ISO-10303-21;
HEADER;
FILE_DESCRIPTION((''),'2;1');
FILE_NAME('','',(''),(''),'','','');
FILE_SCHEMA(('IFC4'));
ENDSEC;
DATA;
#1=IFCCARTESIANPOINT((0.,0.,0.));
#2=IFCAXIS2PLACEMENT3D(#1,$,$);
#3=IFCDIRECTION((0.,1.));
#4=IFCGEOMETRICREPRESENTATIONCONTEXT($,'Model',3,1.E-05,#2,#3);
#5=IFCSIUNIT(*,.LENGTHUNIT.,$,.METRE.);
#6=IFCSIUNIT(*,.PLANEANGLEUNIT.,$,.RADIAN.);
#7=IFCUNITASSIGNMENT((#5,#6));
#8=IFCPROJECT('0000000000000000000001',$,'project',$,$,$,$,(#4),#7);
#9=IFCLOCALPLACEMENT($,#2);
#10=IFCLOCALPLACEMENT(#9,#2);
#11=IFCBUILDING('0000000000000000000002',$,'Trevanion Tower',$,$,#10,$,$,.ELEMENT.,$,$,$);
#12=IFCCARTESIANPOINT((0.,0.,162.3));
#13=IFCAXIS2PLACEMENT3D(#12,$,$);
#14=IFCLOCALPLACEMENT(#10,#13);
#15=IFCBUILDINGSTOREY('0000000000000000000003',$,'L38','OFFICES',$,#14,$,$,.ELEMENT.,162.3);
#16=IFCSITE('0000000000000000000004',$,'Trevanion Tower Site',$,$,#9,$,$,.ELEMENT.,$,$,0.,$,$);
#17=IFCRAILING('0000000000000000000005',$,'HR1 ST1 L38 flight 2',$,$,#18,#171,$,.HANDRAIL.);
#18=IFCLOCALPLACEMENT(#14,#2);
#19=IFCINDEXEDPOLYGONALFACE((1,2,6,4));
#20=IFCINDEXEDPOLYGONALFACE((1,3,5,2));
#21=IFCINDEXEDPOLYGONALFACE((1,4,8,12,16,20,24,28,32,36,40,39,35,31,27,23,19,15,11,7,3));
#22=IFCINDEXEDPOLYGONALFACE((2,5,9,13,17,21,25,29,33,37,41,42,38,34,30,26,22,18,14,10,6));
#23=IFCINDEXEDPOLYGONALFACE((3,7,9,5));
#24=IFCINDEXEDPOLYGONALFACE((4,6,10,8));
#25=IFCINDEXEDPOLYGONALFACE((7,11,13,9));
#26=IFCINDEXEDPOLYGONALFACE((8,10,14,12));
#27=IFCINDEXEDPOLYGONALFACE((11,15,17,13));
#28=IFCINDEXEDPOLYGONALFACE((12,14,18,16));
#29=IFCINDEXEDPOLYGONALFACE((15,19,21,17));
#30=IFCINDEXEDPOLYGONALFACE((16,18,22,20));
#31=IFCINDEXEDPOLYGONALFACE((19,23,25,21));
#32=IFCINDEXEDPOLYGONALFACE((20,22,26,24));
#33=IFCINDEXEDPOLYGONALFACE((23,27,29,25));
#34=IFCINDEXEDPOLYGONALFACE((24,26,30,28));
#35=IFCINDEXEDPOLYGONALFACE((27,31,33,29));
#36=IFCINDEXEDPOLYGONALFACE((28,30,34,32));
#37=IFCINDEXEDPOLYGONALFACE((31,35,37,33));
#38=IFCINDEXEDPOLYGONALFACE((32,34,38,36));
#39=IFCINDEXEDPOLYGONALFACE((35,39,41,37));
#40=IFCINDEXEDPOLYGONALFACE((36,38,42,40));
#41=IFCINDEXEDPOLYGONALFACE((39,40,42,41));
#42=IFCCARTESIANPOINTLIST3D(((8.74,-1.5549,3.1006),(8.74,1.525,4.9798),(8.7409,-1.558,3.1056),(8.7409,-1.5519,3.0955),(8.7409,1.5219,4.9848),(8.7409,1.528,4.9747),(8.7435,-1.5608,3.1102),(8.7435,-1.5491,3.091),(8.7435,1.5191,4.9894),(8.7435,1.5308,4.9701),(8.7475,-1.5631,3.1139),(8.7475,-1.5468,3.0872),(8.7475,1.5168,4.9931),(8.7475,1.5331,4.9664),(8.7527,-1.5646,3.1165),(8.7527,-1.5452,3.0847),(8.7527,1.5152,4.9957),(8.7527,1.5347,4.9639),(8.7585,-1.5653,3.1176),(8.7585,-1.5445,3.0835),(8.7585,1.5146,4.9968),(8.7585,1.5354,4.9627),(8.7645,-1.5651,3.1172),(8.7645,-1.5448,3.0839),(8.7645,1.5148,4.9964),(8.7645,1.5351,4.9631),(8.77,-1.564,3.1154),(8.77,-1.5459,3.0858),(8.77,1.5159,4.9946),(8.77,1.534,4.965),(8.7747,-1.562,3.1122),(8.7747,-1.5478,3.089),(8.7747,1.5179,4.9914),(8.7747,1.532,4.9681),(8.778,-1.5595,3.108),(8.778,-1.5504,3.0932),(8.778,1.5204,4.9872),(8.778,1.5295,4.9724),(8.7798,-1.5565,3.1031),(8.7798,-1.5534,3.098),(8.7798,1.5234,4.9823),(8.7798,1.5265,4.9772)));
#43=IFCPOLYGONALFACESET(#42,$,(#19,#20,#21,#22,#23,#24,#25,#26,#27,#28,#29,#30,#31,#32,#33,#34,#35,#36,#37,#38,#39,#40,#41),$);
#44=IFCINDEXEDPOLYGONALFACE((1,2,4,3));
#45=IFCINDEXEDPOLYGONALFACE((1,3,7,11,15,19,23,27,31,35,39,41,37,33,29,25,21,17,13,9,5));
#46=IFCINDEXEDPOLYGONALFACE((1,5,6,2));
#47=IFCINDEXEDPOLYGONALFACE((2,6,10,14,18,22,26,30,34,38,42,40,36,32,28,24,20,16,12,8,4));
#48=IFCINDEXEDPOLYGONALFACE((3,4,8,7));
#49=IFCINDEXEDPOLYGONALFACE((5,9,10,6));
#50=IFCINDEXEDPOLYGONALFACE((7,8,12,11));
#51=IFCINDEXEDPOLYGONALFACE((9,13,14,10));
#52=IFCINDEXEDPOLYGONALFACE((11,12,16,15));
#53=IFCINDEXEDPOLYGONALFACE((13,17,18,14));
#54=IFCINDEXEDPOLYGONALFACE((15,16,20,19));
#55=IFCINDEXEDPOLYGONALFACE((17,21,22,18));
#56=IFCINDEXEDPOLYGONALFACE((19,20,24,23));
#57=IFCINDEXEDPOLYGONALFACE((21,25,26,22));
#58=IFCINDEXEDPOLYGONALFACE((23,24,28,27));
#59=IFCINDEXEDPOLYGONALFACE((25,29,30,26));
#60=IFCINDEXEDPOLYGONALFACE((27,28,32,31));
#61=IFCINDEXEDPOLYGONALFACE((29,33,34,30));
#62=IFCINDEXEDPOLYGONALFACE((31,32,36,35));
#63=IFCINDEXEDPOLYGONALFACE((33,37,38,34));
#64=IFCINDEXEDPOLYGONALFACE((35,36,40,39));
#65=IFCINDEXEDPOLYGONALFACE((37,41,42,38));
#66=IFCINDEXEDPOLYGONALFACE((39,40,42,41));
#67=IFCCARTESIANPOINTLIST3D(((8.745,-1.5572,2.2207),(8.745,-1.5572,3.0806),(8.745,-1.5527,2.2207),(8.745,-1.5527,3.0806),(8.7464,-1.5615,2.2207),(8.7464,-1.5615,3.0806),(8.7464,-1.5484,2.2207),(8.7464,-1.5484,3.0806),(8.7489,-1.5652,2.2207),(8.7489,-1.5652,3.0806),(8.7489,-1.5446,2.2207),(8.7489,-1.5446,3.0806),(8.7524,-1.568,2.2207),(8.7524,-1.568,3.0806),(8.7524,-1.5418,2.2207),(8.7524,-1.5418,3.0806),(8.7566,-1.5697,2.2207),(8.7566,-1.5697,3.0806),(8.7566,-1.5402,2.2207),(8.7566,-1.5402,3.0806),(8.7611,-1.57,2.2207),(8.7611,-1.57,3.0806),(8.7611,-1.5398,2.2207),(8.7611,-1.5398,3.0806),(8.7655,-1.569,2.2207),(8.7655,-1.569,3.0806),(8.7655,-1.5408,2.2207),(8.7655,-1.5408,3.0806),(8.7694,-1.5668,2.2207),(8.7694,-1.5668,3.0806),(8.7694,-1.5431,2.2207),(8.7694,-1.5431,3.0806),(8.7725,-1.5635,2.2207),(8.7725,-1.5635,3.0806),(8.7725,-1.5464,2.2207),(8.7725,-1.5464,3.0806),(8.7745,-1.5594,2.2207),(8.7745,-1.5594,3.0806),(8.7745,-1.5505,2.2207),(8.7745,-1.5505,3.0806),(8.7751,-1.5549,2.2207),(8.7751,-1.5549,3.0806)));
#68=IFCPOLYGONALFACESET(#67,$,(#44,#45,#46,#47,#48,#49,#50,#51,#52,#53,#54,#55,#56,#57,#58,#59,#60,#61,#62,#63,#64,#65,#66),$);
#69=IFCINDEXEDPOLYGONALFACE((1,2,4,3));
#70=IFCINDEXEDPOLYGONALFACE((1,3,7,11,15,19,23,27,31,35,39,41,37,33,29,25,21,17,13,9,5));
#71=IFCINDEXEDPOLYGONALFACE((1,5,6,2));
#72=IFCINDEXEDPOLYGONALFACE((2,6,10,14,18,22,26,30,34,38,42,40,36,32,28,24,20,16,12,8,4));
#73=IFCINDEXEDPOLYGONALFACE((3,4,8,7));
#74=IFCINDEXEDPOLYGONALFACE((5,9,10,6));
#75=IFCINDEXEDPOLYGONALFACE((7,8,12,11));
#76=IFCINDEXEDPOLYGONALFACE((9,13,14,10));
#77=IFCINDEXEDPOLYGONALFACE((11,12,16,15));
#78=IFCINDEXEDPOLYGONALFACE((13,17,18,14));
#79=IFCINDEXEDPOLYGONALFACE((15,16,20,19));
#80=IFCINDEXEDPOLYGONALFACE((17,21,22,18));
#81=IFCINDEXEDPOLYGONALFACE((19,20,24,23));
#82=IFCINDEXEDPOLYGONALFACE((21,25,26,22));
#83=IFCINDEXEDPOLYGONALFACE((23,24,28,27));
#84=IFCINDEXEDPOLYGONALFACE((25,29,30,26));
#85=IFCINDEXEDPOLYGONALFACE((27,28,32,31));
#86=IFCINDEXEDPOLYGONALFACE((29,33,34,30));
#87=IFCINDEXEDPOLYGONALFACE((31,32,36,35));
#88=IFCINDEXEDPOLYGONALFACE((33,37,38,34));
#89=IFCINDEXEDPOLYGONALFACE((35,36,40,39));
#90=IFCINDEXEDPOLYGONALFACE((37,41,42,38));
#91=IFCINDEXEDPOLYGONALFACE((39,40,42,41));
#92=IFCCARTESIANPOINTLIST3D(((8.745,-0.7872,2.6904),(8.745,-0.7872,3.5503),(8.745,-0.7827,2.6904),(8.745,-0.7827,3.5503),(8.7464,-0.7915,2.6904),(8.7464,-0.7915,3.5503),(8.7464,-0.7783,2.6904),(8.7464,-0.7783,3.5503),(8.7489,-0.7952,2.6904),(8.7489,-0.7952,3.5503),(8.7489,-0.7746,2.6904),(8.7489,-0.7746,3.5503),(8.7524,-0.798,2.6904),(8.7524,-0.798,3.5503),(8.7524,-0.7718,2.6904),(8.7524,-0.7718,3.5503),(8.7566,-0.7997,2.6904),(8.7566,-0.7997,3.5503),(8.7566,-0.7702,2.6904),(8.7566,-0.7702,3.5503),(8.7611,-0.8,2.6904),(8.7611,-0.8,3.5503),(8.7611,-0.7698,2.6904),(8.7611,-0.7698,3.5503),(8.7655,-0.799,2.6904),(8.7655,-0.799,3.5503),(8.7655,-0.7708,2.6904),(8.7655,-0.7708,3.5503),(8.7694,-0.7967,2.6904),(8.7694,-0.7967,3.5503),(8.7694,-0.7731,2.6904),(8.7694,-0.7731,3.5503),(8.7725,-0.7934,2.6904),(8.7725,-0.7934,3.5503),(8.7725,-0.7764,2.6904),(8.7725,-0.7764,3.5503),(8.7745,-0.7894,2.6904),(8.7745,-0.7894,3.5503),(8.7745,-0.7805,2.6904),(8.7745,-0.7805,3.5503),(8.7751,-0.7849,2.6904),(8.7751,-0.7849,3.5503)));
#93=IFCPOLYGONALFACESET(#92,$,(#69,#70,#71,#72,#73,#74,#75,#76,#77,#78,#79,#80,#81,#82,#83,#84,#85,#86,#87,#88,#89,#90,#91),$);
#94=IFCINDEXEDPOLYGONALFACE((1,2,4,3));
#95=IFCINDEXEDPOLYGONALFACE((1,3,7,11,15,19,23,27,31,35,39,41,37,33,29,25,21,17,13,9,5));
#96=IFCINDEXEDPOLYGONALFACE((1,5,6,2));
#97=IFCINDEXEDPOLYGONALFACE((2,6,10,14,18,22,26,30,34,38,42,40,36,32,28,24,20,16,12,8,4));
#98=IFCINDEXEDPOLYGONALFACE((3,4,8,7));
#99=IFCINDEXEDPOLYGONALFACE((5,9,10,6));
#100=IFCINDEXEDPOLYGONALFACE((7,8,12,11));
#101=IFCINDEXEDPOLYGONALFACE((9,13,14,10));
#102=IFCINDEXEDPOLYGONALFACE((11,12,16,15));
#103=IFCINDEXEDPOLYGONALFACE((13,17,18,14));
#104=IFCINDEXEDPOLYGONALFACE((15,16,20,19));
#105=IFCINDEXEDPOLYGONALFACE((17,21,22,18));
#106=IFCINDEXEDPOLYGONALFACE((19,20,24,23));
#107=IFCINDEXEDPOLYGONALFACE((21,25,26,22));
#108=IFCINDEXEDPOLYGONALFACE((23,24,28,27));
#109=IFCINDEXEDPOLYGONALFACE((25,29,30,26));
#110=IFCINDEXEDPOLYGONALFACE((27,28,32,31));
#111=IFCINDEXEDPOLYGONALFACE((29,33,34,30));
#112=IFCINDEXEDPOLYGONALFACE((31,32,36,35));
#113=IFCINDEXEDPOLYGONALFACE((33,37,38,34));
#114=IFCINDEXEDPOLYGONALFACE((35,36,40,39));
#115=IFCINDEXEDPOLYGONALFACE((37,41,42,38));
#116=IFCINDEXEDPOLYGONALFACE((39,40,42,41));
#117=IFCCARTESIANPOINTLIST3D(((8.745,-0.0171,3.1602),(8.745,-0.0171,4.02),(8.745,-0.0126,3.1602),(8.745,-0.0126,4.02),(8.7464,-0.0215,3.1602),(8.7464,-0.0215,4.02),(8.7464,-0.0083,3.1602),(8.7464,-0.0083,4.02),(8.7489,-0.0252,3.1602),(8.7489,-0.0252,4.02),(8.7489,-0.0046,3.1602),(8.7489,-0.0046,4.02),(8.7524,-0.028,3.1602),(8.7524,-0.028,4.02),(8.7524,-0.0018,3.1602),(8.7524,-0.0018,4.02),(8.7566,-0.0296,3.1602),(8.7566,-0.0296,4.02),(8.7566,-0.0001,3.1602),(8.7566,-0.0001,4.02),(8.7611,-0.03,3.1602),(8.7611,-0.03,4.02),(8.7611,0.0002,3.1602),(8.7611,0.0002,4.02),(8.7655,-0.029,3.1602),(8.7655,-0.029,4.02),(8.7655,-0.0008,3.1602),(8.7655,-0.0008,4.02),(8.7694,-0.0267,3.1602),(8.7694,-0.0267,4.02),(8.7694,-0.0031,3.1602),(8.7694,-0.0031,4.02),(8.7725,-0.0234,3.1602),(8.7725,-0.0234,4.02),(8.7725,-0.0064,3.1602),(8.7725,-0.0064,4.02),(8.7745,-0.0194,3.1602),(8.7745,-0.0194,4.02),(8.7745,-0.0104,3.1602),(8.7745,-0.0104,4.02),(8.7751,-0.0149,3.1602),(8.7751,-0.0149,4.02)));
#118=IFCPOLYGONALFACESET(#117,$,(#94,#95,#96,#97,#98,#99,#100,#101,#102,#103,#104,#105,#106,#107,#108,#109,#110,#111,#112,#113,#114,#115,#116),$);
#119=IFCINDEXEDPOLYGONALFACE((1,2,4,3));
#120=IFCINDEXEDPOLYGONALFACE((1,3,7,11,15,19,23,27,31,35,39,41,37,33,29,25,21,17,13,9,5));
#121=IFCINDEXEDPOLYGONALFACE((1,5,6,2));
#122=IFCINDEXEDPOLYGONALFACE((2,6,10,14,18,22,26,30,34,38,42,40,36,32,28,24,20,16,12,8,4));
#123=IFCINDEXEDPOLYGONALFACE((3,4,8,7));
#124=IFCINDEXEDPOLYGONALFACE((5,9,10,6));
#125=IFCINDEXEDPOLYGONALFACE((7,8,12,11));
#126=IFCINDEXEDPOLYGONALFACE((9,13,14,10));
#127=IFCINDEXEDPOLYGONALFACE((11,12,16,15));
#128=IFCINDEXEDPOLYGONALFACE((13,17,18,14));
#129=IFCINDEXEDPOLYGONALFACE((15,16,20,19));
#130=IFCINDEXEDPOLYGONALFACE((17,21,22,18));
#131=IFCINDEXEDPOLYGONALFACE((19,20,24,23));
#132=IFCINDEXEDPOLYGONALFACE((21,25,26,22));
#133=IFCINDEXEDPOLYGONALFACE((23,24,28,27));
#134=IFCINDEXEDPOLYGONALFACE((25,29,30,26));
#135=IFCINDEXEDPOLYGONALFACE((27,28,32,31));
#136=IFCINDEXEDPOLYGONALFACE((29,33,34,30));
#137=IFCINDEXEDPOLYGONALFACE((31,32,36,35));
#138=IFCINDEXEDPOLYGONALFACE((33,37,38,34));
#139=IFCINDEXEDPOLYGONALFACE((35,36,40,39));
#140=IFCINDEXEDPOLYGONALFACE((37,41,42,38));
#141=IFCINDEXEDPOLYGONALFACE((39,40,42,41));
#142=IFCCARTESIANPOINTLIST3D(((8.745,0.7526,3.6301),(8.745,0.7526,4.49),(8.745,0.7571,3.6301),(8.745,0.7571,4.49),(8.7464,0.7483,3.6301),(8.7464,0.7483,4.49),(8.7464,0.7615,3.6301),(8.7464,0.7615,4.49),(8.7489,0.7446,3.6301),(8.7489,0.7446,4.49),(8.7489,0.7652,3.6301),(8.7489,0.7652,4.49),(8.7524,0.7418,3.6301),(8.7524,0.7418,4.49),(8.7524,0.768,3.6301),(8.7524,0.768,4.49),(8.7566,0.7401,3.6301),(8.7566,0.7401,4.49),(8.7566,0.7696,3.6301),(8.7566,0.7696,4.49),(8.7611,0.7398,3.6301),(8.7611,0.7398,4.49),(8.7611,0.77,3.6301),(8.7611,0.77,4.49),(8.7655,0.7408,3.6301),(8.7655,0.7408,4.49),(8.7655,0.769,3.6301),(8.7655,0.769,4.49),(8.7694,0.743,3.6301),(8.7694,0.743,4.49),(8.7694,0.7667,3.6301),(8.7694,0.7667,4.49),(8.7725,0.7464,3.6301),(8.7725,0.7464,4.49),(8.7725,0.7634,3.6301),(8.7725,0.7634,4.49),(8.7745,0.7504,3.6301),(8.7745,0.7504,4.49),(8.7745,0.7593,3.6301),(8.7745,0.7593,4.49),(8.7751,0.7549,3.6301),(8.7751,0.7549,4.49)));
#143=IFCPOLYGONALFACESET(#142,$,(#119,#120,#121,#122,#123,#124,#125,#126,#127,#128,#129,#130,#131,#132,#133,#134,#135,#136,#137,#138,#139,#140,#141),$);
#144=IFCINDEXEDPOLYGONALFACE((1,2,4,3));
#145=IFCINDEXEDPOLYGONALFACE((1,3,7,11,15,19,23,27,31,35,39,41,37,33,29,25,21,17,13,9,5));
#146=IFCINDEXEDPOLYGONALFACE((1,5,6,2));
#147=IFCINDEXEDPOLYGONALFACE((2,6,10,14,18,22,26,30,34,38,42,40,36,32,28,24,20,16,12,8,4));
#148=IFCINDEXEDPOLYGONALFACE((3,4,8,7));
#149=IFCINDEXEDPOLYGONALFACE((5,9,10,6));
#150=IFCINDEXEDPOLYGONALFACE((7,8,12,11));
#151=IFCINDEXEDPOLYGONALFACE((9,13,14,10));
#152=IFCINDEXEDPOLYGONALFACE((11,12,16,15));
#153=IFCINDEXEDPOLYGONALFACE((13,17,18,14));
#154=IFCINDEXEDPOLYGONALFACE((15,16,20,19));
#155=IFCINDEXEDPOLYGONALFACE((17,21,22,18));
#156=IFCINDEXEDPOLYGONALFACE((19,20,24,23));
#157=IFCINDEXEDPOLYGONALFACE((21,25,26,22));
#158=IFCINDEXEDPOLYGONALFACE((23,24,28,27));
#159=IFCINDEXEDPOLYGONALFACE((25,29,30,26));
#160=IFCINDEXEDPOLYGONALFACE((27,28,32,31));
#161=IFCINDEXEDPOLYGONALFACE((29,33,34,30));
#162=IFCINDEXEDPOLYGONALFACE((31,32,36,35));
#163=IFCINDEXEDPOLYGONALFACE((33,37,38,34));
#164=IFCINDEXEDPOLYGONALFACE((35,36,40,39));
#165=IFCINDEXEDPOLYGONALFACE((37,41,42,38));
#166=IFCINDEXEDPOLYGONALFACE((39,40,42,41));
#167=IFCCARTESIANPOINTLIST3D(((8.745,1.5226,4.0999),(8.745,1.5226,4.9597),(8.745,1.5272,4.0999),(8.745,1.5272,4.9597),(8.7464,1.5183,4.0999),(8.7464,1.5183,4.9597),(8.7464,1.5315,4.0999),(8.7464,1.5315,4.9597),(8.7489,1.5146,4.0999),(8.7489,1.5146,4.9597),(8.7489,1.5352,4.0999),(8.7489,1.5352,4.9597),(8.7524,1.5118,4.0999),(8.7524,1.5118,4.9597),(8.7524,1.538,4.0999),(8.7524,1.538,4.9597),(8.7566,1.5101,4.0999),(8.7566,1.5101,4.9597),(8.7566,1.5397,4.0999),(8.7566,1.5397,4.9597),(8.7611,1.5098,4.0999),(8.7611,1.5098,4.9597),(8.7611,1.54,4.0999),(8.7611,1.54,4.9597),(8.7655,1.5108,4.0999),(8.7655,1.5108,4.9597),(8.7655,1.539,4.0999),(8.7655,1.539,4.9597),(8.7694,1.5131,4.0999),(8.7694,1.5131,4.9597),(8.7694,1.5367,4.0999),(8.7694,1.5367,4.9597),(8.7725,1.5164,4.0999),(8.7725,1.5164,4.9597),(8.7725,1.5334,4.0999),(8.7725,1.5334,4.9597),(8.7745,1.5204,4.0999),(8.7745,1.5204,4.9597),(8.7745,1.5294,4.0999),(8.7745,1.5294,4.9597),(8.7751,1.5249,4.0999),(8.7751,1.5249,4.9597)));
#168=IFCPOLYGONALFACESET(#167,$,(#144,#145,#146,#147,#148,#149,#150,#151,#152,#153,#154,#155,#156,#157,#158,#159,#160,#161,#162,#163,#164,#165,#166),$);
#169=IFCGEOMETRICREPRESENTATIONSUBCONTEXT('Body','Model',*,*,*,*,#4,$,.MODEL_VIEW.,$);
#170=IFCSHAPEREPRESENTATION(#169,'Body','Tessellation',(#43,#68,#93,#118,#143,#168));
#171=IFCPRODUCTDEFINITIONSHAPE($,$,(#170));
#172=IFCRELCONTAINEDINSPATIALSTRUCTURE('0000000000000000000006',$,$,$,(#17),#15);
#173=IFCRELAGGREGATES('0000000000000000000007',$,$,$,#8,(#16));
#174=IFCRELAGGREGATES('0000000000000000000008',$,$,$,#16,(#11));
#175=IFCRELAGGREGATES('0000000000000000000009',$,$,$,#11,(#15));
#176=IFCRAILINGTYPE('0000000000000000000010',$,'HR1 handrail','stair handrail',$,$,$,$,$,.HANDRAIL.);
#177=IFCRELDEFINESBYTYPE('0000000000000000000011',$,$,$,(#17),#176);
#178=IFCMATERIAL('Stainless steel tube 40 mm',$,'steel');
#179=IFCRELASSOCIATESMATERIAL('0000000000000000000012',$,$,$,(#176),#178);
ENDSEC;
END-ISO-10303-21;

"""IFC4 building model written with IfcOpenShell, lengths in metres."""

from ifc_helpers import new_model, si_unit, direction, frame, origin, origin_2d, place, context, subcontext, project, spatial, circle, extrude, material, type_object, element, save


model = new_model("IFC4")

# Units and contexts
model_context = context("Model", 3, precision=1e-05, world=origin(), true_north=direction((0.0, 1.0)))
body_context = subcontext(model_context, "Body", "Model", "MODEL_VIEW")
ifc_project = project(units=[si_unit("LENGTHUNIT", "METRE"), si_unit("PLANEANGLEUNIT", "RADIAN")], contexts=[model_context])

# Site, building, storey
site_placement = place(None, origin())
site = spatial("IfcSite", under=ifc_project, at=site_placement, Name="Trevanion Tower Site", CompositionType="ELEMENT", RefElevation=0.0)
building_placement = place(site_placement, origin())
building = spatial("IfcBuilding", under=site, at=building_placement, Name="Trevanion Tower", CompositionType="ELEMENT")
storey_placement = place(building_placement, frame((0.0, 0.0, 162.3)))
storey = spatial("IfcBuildingStorey", under=building, at=storey_placement, Name="L38", Description="OFFICES", CompositionType="ELEMENT", Elevation=162.3)

# Railing
ifc_material_1 = material(Name="Stainless steel tube 40 mm", Category="steel")
railing_type = type_object("IfcRailingType", Name="HR1 handrail", Description="stair handrail", PredefinedType="HANDRAIL", material=ifc_material_1)
for number, where, name in (
    (1, (8.76, -1.5549, 2.2207), "HR1 ST1 L38 flight 2"),
):
    element("IfcRailing", number, at=place(storey_placement, frame(where)), inside=storey, type_object=railing_type, Name=name, PredefinedType="HANDRAIL", context=body_context, shape_type="SweptSolid", body=[
        extrude(circle(Radius=0.02, at=origin_2d()), frame((0.0, 0.0, 0.8799), z_axis=(0.0, 0.853648, 0.52085), x_axis=(-1.0, 0.0, 0.0)), (0.0, 0.0, 1.0), 3.6079),
        extrude(circle(Radius=0.0151, at=origin_2d()), origin(), (0.0, 0.0, 1.0), 0.8599),
        extrude(circle(Radius=0.0151, at=origin_2d()), frame((0.0, 0.77, 0.4697)), (0.0, 0.0, 1.0), 0.8599),
        extrude(circle(Radius=0.0151, at=origin_2d()), frame((0.0, 1.54, 0.9395)), (0.0, 0.0, 1.0), 0.8599),
        extrude(circle(Radius=0.0151, at=origin_2d()), frame((0.0, 2.3098, 1.4094)), (0.0, 0.0, 1.0), 0.8599),
        extrude(circle(Radius=0.0151, at=origin_2d()), frame((0.0, 3.0798, 1.8792)), (0.0, 0.0, 1.0), 0.8599),
    ])

save(model, "model.ifc")
